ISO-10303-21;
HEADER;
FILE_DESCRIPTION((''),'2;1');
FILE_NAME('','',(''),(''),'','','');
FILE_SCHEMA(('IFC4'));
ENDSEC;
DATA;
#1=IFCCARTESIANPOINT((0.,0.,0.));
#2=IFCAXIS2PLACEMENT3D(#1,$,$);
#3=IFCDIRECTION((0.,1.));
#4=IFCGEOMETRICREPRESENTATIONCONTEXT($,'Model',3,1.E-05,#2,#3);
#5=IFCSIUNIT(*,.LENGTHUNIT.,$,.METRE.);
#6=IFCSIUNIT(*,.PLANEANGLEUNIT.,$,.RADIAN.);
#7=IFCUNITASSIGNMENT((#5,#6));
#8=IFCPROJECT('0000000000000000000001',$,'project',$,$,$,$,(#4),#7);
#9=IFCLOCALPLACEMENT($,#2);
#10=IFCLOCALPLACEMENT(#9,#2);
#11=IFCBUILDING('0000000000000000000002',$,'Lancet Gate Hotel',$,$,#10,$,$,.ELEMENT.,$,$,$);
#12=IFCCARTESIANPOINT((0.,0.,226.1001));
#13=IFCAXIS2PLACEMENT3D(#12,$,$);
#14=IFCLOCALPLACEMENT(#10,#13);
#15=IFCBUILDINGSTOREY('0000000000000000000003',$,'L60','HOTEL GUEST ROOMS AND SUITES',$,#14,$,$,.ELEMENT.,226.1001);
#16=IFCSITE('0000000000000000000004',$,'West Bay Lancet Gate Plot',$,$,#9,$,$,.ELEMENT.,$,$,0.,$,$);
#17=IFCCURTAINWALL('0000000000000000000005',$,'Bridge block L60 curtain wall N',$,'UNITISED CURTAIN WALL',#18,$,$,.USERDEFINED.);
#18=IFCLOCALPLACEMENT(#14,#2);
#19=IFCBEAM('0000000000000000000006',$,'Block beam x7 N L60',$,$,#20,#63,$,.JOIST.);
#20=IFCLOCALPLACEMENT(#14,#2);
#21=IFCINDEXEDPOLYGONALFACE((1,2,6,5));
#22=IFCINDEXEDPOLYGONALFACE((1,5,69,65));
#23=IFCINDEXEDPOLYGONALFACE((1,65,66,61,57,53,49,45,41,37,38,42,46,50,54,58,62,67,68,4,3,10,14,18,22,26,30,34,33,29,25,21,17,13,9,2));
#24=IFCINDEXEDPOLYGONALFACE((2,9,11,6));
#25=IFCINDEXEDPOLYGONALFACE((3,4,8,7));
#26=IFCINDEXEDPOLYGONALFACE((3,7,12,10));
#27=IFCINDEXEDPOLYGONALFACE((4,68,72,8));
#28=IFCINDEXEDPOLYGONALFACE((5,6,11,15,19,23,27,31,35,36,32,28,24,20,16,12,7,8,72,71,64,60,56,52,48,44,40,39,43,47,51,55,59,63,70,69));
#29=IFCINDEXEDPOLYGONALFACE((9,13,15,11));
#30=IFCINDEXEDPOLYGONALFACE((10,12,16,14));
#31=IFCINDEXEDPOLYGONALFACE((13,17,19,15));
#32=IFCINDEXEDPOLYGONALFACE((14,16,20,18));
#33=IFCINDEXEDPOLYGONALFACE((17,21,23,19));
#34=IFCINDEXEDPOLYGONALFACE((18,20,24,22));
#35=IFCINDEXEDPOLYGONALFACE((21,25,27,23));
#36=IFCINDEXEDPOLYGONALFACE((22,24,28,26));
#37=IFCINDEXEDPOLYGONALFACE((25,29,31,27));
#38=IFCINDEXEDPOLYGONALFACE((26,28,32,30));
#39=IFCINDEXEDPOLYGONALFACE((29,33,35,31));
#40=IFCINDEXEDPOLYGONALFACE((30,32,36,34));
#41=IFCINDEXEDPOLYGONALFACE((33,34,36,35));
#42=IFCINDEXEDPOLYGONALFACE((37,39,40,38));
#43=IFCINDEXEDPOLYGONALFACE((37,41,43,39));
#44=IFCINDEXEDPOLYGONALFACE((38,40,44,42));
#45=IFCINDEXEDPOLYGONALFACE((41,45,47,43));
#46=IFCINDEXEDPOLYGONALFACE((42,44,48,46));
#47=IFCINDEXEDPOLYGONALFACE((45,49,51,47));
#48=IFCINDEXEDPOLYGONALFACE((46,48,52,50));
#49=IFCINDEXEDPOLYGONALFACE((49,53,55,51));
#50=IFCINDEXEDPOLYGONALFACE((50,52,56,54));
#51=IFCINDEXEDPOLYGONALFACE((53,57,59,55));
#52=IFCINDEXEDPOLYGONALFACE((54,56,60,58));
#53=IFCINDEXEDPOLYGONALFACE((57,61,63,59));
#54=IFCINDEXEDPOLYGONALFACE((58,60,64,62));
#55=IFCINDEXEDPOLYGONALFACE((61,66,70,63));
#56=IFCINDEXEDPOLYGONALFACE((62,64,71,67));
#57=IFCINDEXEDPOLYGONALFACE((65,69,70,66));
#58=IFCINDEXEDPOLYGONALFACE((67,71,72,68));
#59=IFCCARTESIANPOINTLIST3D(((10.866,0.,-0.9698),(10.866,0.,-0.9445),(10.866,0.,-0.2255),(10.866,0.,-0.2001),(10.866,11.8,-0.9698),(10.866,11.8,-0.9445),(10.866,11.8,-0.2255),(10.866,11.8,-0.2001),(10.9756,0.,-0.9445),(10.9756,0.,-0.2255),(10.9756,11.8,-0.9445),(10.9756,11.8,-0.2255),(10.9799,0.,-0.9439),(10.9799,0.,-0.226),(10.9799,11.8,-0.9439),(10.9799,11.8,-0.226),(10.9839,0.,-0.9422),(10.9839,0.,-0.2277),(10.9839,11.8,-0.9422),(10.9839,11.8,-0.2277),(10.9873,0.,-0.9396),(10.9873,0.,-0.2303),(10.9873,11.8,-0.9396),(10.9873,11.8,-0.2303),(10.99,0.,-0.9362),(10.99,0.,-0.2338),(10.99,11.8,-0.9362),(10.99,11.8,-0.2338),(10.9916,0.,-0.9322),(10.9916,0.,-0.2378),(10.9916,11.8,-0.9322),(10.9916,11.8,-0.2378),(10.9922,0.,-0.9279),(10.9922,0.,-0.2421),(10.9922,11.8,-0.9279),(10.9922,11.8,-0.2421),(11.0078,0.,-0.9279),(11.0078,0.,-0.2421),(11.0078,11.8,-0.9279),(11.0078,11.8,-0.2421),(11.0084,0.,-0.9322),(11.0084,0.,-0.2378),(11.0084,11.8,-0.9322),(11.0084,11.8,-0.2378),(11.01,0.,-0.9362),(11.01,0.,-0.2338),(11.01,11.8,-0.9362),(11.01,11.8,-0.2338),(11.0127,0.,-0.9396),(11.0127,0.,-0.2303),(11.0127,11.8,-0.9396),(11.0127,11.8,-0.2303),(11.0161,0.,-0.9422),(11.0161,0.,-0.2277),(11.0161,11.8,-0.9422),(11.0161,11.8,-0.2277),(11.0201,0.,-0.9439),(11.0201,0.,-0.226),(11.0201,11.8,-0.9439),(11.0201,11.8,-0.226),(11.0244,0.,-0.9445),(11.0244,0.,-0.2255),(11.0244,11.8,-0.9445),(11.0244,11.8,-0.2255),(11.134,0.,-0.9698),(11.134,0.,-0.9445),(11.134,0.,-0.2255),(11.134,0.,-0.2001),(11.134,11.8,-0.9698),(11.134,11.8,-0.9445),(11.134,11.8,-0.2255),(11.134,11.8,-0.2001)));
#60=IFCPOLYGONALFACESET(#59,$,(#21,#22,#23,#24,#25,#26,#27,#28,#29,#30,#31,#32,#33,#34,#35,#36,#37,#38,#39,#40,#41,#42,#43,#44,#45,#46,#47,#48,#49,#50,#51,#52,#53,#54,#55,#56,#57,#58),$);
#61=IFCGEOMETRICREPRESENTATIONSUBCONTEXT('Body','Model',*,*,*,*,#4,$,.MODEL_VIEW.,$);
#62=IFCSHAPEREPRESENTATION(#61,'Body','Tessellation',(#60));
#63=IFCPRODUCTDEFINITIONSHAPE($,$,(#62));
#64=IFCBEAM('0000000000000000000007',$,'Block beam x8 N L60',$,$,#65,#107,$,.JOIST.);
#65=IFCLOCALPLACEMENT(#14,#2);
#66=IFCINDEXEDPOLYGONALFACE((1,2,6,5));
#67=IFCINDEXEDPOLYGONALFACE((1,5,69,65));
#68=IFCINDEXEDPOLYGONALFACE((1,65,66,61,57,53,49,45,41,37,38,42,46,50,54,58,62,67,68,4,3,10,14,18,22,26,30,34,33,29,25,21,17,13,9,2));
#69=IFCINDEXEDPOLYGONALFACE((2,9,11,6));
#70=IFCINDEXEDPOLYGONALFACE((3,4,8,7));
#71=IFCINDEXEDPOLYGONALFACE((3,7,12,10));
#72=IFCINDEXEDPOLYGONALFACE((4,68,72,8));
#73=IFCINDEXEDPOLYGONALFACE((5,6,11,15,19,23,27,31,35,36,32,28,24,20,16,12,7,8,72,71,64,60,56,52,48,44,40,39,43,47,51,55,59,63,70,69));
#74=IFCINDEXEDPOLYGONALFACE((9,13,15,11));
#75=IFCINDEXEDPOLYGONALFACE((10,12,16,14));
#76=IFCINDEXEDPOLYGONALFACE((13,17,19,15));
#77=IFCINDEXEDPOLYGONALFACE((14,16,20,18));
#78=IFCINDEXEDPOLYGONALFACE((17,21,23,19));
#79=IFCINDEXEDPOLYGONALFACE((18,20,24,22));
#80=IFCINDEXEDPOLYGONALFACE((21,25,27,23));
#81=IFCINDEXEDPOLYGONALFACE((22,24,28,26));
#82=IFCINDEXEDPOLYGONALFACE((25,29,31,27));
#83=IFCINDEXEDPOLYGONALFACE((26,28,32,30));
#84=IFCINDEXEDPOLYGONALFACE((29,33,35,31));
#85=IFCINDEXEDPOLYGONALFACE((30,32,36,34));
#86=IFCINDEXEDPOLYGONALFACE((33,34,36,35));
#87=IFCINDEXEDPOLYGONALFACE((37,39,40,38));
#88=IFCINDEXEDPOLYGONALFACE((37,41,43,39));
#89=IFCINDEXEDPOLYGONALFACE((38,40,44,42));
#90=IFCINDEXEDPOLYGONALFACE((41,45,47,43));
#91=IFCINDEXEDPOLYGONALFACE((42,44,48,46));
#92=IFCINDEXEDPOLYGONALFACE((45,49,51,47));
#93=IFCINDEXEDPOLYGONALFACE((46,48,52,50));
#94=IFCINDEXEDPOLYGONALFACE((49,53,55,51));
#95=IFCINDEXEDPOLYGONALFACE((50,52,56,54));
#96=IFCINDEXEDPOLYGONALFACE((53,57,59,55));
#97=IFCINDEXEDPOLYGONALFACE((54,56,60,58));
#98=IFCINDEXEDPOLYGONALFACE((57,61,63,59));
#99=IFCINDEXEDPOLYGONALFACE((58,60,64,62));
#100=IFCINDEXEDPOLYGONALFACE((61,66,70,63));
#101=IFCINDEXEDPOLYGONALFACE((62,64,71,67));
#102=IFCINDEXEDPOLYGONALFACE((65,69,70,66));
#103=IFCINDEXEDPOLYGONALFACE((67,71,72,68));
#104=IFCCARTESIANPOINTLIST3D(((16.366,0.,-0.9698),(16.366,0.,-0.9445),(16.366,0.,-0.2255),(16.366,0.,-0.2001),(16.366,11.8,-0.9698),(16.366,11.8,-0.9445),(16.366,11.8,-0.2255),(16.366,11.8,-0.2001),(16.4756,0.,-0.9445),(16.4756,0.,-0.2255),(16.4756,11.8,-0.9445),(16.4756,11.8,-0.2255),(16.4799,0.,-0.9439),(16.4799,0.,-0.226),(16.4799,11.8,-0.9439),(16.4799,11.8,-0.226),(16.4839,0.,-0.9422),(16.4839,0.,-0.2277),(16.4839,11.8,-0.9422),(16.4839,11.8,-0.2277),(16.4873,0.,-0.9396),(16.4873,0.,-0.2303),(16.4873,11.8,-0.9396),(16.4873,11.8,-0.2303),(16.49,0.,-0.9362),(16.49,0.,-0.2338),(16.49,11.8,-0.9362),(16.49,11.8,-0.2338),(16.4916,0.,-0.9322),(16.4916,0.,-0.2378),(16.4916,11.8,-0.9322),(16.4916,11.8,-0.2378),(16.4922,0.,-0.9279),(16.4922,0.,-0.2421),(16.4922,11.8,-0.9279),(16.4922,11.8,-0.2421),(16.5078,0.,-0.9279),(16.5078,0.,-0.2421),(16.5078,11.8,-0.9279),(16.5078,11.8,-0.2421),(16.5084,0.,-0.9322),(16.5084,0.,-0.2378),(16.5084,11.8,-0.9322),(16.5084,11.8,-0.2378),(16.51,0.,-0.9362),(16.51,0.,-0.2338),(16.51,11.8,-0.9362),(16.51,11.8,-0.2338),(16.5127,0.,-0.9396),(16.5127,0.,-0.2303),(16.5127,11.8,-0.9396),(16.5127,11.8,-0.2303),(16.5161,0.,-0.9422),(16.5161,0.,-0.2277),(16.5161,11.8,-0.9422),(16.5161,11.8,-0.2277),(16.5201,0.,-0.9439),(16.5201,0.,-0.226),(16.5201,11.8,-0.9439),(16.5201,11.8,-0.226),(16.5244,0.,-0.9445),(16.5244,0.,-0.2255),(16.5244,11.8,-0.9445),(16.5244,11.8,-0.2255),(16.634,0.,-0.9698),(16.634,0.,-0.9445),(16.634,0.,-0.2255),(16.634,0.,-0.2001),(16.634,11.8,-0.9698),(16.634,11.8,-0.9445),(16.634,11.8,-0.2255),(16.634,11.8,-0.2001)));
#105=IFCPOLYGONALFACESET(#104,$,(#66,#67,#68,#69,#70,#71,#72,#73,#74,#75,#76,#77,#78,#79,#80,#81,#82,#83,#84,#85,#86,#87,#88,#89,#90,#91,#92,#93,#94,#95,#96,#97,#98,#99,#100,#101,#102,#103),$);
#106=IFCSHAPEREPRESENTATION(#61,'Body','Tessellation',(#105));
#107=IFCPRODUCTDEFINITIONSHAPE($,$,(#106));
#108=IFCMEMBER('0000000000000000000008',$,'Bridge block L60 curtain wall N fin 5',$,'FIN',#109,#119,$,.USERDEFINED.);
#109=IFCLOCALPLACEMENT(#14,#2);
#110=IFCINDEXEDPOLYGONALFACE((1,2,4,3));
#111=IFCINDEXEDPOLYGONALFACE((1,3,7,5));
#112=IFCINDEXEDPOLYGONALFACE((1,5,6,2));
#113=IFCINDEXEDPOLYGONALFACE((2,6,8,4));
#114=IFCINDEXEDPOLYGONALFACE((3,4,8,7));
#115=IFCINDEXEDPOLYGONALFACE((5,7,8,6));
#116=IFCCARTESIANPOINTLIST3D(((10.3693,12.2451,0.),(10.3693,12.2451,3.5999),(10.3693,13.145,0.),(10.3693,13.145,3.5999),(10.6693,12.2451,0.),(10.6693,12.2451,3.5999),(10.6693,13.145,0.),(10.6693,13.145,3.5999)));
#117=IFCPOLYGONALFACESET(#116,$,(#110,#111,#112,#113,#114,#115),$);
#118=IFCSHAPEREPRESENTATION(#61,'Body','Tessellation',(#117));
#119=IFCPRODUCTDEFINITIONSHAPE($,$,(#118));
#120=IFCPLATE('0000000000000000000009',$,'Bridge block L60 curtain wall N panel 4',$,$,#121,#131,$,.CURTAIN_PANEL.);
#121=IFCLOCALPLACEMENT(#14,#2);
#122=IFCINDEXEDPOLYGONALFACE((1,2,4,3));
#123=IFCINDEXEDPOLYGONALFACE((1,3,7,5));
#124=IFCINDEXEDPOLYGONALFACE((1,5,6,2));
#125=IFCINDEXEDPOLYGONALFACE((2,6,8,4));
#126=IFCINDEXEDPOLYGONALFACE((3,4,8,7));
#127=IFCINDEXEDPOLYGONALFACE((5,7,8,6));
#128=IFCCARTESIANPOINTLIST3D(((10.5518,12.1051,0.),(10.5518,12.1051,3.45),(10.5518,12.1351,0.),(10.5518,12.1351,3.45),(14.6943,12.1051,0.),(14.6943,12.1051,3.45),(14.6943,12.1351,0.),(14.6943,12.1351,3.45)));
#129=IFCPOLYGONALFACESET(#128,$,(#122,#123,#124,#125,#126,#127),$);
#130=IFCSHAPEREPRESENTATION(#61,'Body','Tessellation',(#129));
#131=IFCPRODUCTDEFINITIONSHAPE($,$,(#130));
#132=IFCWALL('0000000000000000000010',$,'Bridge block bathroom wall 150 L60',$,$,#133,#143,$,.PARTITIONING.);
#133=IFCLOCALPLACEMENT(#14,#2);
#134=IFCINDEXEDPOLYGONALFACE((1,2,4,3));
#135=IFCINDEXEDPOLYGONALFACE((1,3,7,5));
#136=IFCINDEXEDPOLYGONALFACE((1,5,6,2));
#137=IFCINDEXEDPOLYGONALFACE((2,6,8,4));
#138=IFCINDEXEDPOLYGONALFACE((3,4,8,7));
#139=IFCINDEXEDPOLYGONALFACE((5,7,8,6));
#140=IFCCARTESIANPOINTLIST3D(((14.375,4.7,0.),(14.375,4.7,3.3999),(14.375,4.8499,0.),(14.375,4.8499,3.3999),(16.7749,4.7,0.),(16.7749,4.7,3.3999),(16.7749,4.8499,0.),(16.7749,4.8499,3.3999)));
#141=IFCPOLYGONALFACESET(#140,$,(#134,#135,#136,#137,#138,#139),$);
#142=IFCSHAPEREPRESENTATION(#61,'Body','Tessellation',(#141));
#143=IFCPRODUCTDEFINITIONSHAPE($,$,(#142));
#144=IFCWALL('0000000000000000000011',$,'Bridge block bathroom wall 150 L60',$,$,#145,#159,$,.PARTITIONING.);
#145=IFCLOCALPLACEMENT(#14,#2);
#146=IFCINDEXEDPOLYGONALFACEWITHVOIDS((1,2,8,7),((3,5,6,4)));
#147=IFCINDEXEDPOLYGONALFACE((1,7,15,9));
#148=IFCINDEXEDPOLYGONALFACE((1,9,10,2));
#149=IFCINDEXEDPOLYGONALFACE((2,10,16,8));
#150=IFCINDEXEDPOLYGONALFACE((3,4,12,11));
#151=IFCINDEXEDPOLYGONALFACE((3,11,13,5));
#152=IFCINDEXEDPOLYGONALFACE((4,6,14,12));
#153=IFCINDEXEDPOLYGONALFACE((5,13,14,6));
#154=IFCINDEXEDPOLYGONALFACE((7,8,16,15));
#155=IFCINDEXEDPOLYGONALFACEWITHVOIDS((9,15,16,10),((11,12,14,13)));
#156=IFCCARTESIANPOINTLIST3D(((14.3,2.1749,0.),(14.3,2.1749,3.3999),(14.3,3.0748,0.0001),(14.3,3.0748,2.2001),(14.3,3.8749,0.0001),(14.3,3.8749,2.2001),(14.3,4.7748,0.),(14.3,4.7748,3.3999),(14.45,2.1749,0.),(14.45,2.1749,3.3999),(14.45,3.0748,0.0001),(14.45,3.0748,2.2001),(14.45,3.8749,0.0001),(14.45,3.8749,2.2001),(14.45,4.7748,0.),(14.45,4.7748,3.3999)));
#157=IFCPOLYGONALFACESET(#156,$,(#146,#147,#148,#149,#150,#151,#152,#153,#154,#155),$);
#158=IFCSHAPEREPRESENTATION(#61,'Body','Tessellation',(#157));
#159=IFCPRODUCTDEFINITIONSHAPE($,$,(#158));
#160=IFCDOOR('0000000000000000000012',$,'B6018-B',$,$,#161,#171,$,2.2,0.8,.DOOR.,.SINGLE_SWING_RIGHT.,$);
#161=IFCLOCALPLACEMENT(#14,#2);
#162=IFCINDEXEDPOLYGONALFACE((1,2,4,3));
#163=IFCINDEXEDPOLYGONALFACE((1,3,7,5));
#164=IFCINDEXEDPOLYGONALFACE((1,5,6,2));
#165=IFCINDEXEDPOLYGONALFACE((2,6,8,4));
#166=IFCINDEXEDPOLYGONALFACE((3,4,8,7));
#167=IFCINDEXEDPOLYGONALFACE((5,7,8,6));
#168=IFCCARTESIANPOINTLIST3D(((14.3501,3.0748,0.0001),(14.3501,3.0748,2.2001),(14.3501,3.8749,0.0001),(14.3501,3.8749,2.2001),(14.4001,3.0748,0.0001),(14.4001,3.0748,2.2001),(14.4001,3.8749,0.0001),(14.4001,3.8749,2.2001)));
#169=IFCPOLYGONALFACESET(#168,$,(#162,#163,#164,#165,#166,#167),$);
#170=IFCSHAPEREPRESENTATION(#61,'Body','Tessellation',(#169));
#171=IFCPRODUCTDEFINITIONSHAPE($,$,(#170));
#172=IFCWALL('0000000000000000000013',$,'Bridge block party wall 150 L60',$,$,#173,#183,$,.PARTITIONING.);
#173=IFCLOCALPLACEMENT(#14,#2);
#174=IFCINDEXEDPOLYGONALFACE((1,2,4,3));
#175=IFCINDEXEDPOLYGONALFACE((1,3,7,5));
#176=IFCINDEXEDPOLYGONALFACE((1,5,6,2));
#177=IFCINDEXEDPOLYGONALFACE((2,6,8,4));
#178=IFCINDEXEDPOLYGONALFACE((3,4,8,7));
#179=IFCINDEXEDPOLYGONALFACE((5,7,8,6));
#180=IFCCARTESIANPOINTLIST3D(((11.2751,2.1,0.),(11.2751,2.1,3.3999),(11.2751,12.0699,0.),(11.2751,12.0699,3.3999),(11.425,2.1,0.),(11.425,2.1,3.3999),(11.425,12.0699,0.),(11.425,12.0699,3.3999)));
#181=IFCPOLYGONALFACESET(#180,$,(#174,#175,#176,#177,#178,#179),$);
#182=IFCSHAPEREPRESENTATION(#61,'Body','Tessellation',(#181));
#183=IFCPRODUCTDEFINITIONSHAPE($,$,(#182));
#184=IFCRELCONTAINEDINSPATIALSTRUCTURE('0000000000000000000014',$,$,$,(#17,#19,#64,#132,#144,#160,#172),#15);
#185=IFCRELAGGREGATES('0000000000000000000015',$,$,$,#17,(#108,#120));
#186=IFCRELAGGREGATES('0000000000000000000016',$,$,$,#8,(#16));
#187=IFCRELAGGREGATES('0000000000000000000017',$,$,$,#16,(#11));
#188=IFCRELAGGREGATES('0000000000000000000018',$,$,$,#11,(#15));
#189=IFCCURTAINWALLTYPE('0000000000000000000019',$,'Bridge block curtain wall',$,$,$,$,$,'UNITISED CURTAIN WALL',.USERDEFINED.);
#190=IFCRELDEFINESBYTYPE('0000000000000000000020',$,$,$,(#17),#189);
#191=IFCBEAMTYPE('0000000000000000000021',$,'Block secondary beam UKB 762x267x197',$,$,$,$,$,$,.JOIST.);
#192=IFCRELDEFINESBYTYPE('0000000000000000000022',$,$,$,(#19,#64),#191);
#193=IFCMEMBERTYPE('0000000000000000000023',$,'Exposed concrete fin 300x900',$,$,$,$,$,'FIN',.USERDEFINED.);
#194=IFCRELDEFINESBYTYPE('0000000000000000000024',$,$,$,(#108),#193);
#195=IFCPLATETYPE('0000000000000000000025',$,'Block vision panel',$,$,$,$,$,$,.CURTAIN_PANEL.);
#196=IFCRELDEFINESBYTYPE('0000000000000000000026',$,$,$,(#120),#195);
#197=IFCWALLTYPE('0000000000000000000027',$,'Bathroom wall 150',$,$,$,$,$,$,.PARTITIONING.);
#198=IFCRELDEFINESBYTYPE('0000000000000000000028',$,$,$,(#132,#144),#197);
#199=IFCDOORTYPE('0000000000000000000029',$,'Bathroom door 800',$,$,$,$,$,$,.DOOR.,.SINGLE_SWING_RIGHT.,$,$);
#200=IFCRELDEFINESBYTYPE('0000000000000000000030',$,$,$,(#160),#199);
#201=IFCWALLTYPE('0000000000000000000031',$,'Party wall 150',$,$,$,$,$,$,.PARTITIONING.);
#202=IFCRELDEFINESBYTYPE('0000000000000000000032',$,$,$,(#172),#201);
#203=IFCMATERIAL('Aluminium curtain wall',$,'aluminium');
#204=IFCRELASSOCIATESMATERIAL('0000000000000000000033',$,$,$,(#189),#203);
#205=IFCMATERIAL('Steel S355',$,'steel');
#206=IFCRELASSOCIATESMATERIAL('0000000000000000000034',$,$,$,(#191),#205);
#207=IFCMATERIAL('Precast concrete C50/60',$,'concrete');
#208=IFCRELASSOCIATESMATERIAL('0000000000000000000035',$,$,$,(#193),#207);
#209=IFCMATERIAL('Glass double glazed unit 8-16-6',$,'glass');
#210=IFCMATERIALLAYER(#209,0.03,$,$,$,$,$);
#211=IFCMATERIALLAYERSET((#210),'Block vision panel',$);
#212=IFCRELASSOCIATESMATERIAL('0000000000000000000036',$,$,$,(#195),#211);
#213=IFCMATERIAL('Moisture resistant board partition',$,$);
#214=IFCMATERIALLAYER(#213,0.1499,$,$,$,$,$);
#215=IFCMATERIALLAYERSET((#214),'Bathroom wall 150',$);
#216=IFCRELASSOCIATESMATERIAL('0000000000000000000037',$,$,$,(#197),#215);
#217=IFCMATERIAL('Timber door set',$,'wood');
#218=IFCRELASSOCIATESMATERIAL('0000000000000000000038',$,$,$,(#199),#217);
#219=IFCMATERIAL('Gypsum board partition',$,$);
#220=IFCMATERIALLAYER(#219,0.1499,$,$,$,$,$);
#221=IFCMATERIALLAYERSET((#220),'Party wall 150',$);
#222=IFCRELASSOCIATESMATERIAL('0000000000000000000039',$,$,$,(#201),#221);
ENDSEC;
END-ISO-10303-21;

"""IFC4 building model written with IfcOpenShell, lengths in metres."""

from ifc_helpers import new_model, si_unit, direction, frame, frame_2d, origin, origin_2d, place, context, subcontext, project, spatial, rectangle, i_section, extrude, material, layer, layer_set, material_profile, profile_set, type_object, element, fill, aggregate, save


model = new_model("IFC4")

# Units and contexts
model_context = context("Model", 3, precision=1e-05, world=origin(), true_north=direction((0.0, 1.0)))
body_context = subcontext(model_context, "Body", "Model", "MODEL_VIEW")
ifc_project = project(units=[si_unit("LENGTHUNIT", "METRE"), si_unit("PLANEANGLEUNIT", "RADIAN")], contexts=[model_context])

# Site, building, storey
site_placement = place(None, origin())
site = spatial("IfcSite", under=ifc_project, at=site_placement, Name="West Bay Lancet Gate Plot", CompositionType="ELEMENT", RefElevation=0.0)
building_placement = place(site_placement, origin())
building = spatial("IfcBuilding", under=site, at=building_placement, Name="Lancet Gate Hotel", CompositionType="ELEMENT")
storey_placement = place(building_placement, frame((0.0, 0.0, 226.1001)))
storey = spatial("IfcBuildingStorey", under=building, at=storey_placement, Name="L60", Description="HOTEL GUEST ROOMS AND SUITES", CompositionType="ELEMENT", Elevation=226.1001)

# Curtain wall
ifc_material_1 = material(Name="Aluminium curtain wall", Category="aluminium")
curtain_wall_type = type_object("IfcCurtainWallType", Name="Bridge block curtain wall", ElementType="UNITISED CURTAIN WALL", PredefinedType="USERDEFINED", material=ifc_material_1)
curtain_wall_placement = place(storey_placement, origin())
curtain_wall = element("IfcCurtainWall", 1, at=curtain_wall_placement, inside=storey, type_object=curtain_wall_type, Name="Bridge block L60 curtain wall N", ObjectType="UNITISED CURTAIN WALL", PredefinedType="USERDEFINED")

# Beams
ifc_material_2 = material(Name="Steel S355", Category="steel")
ifc_material_profile_1 = material_profile(ifc_material_2, i_section(OverallWidth=0.2681, OverallDepth=0.7698, WebThickness=0.0156, FlangeThickness=0.0254, FilletRadius=0.0166, at=origin_2d()), Name="UKB 762x267x197")
ifc_profile_set_1 = profile_set([ifc_material_profile_1], Name="Steel S355")
beam_type_1 = type_object("IfcBeamType", Name="Block secondary beam UKB 762x267x197", PredefinedType="JOIST", material=ifc_profile_set_1)
for number, where, z_axis, x_axis, name in (
    (2, (11.0, 0.0, -0.585), (0.0, 1.0, 0.0), (-1.0, 0.0, 0.0), "Block beam x7 N L60"),
    (3, (16.5, 0.0, -0.585), (0.0, 1.0, 0.0), (-1.0, 0.0, 0.0), "Block beam x8 N L60"),
):
    element("IfcBeam", number, at=place(storey_placement, frame(where, z_axis=z_axis, x_axis=x_axis)), inside=storey, type_object=beam_type_1, Name=name, PredefinedType="JOIST", context=body_context, shape_type="SweptSolid", body=[
        extrude(i_section(OverallWidth=0.2681, OverallDepth=0.7698, WebThickness=0.0156, FlangeThickness=0.0254, FilletRadius=0.0166, at=origin_2d()), origin(), (0.0, 0.0, 1.0), 11.8),
    ])

# Member
ifc_material_3 = material(Name="Precast concrete C50/60", Category="concrete")
ifc_material_profile_2 = material_profile(ifc_material_3, rectangle(XDim=0.3, YDim=0.8999, at=origin_2d()), Name="FIN 300x900")
ifc_profile_set_2 = profile_set([ifc_material_profile_2], Name="Precast concrete C50/60")
member_type_1 = type_object("IfcMemberType", Name="Exposed concrete fin 300x900", ElementType="FIN", PredefinedType="USERDEFINED", material=ifc_profile_set_2)
member_1_placement = place(storey_placement, frame((10.5193, 12.6951, 0.0), z_axis=(0.0, 0.0, 1.0), x_axis=(-1.0, 0.0, 0.0)))
member_1 = element("IfcMember", 4, at=member_1_placement, type_object=member_type_1, Name="Bridge block L60 curtain wall N fin 5", ObjectType="FIN", PredefinedType="USERDEFINED", context=body_context, shape_type="SweptSolid", body=[
    extrude(rectangle(XDim=0.3, YDim=0.8999, at=origin_2d()), origin(), (0.0, 0.0, 1.0), 3.5999),
])

# Plate
ifc_material_4 = material(Name="Glass double glazed unit 8-16-6", Category="glass")
ifc_layer_1 = layer(ifc_material_4, 0.03)
ifc_layer_set_1 = layer_set([ifc_layer_1], Name="Block vision panel")
plate_type = type_object("IfcPlateType", Name="Block vision panel", PredefinedType="CURTAIN_PANEL", material=ifc_layer_set_1)
plate_placement = place(storey_placement, frame((12.623, 12.1201, 0.0), z_axis=(0.0, 0.0, 1.0), x_axis=(-1.0, 0.0, 0.0)))
plate = element("IfcPlate", 5, at=plate_placement, type_object=plate_type, Name="Bridge block L60 curtain wall N panel 4", PredefinedType="CURTAIN_PANEL", context=body_context, shape_type="SweptSolid", body=[
    extrude(rectangle(XDim=4.1426, YDim=0.03, at=origin_2d()), origin(), (0.0, 0.0, 1.0), 3.45),
])
aggregate(curtain_wall, [member_1, plate])

# Wall
ifc_material_5 = material(Name="Moisture resistant board partition")
ifc_layer_2 = layer(ifc_material_5, 0.1499)
ifc_layer_set_2 = layer_set([ifc_layer_2], Name="Bathroom wall 150")
wall_type_1 = type_object("IfcWallType", Name="Bathroom wall 150", PredefinedType="PARTITIONING", material=ifc_layer_set_2)
wall_1_placement = place(storey_placement, frame((14.375, 4.7749, 0.0), z_axis=(0.0, 0.0, 1.0), x_axis=(1.0, 0.0, 0.0)))
element("IfcWall", 6, at=wall_1_placement, inside=storey, type_object=wall_type_1, Name="Bridge block bathroom wall 150 L60", PredefinedType="PARTITIONING", context=body_context, shape_type="SweptSolid", body=[
    extrude(rectangle(XDim=2.3999, YDim=0.1499, at=frame_2d((1.2, 0.0))), origin(), (0.0, 0.0, 1.0), 3.3999),
])

# Wall, opening, door
wall_2_placement = place(storey_placement, frame((14.375, 2.175, 0.0), z_axis=(0.0, 0.0, 1.0), x_axis=(0.0, 1.0, 0.0)))
wall_2 = element("IfcWall", 7, at=wall_2_placement, inside=storey, type_object=wall_type_1, Name="Bridge block bathroom wall 150 L60", PredefinedType="PARTITIONING", context=body_context, shape_type="SweptSolid", body=[
    extrude(rectangle(XDim=2.5999, YDim=0.1499, at=frame_2d((1.2998, 0.0))), origin(), (0.0, 0.0, 1.0), 3.3999),
])
opening_placement = place(wall_2_placement, frame((0.8999, 0.0, 0.0)))
opening = element("IfcOpeningElement", 8, at=opening_placement, cuts=wall_2, PredefinedType="OPENING", context=body_context, shape_type="SweptSolid", body=[
    extrude(rectangle(XDim=0.8, YDim=2.2, at=frame_2d((0.3999, 1.1001))), frame((0.0, 0.085, 0.0), z_axis=(0.0, -1.0, 0.0), x_axis=(1.0, 0.0, 0.0)), (0.0, 0.0, 1.0), 0.1699),
])
ifc_material_6 = material(Name="Timber door set", Category="wood")
door_type = type_object("IfcDoorType", Name="Bathroom door 800", OperationType="SINGLE_SWING_RIGHT", PredefinedType="DOOR", material=ifc_material_6)
door_placement = place(opening_placement, origin())
door = element("IfcDoor", 9, at=door_placement, inside=storey, type_object=door_type, Name="B6018-B", OperationType="SINGLE_SWING_RIGHT", OverallHeight=2.2, OverallWidth=0.8, PredefinedType="DOOR", context=body_context, shape_type="SweptSolid", body=[
    extrude(rectangle(XDim=0.8, YDim=2.2, at=frame_2d((0.3999, 1.1001))), frame((0.0, 0.0249, 0.0), z_axis=(0.0, -1.0, 0.0), x_axis=(1.0, 0.0, 0.0)), (0.0, 0.0, 1.0), 0.05),
])
fill(opening, door)

# Wall
ifc_material_7 = material(Name="Gypsum board partition")
ifc_layer_3 = layer(ifc_material_7, 0.1499)
ifc_layer_set_3 = layer_set([ifc_layer_3], Name="Party wall 150")
wall_type_2 = type_object("IfcWallType", Name="Party wall 150", PredefinedType="PARTITIONING", material=ifc_layer_set_3)
wall_3_placement = place(storey_placement, frame((11.3501, 2.1001, 0.0), z_axis=(0.0, 0.0, 1.0), x_axis=(0.0, 1.0, 0.0)))
element("IfcWall", 10, at=wall_3_placement, inside=storey, type_object=wall_type_2, Name="Bridge block party wall 150 L60", PredefinedType="PARTITIONING", context=body_context, shape_type="SweptSolid", body=[
    extrude(rectangle(XDim=9.97, YDim=0.1499, at=frame_2d((4.9849, 0.0))), origin(), (0.0, 0.0, 1.0), 3.3999),
])

save(model, "model.ifc")
